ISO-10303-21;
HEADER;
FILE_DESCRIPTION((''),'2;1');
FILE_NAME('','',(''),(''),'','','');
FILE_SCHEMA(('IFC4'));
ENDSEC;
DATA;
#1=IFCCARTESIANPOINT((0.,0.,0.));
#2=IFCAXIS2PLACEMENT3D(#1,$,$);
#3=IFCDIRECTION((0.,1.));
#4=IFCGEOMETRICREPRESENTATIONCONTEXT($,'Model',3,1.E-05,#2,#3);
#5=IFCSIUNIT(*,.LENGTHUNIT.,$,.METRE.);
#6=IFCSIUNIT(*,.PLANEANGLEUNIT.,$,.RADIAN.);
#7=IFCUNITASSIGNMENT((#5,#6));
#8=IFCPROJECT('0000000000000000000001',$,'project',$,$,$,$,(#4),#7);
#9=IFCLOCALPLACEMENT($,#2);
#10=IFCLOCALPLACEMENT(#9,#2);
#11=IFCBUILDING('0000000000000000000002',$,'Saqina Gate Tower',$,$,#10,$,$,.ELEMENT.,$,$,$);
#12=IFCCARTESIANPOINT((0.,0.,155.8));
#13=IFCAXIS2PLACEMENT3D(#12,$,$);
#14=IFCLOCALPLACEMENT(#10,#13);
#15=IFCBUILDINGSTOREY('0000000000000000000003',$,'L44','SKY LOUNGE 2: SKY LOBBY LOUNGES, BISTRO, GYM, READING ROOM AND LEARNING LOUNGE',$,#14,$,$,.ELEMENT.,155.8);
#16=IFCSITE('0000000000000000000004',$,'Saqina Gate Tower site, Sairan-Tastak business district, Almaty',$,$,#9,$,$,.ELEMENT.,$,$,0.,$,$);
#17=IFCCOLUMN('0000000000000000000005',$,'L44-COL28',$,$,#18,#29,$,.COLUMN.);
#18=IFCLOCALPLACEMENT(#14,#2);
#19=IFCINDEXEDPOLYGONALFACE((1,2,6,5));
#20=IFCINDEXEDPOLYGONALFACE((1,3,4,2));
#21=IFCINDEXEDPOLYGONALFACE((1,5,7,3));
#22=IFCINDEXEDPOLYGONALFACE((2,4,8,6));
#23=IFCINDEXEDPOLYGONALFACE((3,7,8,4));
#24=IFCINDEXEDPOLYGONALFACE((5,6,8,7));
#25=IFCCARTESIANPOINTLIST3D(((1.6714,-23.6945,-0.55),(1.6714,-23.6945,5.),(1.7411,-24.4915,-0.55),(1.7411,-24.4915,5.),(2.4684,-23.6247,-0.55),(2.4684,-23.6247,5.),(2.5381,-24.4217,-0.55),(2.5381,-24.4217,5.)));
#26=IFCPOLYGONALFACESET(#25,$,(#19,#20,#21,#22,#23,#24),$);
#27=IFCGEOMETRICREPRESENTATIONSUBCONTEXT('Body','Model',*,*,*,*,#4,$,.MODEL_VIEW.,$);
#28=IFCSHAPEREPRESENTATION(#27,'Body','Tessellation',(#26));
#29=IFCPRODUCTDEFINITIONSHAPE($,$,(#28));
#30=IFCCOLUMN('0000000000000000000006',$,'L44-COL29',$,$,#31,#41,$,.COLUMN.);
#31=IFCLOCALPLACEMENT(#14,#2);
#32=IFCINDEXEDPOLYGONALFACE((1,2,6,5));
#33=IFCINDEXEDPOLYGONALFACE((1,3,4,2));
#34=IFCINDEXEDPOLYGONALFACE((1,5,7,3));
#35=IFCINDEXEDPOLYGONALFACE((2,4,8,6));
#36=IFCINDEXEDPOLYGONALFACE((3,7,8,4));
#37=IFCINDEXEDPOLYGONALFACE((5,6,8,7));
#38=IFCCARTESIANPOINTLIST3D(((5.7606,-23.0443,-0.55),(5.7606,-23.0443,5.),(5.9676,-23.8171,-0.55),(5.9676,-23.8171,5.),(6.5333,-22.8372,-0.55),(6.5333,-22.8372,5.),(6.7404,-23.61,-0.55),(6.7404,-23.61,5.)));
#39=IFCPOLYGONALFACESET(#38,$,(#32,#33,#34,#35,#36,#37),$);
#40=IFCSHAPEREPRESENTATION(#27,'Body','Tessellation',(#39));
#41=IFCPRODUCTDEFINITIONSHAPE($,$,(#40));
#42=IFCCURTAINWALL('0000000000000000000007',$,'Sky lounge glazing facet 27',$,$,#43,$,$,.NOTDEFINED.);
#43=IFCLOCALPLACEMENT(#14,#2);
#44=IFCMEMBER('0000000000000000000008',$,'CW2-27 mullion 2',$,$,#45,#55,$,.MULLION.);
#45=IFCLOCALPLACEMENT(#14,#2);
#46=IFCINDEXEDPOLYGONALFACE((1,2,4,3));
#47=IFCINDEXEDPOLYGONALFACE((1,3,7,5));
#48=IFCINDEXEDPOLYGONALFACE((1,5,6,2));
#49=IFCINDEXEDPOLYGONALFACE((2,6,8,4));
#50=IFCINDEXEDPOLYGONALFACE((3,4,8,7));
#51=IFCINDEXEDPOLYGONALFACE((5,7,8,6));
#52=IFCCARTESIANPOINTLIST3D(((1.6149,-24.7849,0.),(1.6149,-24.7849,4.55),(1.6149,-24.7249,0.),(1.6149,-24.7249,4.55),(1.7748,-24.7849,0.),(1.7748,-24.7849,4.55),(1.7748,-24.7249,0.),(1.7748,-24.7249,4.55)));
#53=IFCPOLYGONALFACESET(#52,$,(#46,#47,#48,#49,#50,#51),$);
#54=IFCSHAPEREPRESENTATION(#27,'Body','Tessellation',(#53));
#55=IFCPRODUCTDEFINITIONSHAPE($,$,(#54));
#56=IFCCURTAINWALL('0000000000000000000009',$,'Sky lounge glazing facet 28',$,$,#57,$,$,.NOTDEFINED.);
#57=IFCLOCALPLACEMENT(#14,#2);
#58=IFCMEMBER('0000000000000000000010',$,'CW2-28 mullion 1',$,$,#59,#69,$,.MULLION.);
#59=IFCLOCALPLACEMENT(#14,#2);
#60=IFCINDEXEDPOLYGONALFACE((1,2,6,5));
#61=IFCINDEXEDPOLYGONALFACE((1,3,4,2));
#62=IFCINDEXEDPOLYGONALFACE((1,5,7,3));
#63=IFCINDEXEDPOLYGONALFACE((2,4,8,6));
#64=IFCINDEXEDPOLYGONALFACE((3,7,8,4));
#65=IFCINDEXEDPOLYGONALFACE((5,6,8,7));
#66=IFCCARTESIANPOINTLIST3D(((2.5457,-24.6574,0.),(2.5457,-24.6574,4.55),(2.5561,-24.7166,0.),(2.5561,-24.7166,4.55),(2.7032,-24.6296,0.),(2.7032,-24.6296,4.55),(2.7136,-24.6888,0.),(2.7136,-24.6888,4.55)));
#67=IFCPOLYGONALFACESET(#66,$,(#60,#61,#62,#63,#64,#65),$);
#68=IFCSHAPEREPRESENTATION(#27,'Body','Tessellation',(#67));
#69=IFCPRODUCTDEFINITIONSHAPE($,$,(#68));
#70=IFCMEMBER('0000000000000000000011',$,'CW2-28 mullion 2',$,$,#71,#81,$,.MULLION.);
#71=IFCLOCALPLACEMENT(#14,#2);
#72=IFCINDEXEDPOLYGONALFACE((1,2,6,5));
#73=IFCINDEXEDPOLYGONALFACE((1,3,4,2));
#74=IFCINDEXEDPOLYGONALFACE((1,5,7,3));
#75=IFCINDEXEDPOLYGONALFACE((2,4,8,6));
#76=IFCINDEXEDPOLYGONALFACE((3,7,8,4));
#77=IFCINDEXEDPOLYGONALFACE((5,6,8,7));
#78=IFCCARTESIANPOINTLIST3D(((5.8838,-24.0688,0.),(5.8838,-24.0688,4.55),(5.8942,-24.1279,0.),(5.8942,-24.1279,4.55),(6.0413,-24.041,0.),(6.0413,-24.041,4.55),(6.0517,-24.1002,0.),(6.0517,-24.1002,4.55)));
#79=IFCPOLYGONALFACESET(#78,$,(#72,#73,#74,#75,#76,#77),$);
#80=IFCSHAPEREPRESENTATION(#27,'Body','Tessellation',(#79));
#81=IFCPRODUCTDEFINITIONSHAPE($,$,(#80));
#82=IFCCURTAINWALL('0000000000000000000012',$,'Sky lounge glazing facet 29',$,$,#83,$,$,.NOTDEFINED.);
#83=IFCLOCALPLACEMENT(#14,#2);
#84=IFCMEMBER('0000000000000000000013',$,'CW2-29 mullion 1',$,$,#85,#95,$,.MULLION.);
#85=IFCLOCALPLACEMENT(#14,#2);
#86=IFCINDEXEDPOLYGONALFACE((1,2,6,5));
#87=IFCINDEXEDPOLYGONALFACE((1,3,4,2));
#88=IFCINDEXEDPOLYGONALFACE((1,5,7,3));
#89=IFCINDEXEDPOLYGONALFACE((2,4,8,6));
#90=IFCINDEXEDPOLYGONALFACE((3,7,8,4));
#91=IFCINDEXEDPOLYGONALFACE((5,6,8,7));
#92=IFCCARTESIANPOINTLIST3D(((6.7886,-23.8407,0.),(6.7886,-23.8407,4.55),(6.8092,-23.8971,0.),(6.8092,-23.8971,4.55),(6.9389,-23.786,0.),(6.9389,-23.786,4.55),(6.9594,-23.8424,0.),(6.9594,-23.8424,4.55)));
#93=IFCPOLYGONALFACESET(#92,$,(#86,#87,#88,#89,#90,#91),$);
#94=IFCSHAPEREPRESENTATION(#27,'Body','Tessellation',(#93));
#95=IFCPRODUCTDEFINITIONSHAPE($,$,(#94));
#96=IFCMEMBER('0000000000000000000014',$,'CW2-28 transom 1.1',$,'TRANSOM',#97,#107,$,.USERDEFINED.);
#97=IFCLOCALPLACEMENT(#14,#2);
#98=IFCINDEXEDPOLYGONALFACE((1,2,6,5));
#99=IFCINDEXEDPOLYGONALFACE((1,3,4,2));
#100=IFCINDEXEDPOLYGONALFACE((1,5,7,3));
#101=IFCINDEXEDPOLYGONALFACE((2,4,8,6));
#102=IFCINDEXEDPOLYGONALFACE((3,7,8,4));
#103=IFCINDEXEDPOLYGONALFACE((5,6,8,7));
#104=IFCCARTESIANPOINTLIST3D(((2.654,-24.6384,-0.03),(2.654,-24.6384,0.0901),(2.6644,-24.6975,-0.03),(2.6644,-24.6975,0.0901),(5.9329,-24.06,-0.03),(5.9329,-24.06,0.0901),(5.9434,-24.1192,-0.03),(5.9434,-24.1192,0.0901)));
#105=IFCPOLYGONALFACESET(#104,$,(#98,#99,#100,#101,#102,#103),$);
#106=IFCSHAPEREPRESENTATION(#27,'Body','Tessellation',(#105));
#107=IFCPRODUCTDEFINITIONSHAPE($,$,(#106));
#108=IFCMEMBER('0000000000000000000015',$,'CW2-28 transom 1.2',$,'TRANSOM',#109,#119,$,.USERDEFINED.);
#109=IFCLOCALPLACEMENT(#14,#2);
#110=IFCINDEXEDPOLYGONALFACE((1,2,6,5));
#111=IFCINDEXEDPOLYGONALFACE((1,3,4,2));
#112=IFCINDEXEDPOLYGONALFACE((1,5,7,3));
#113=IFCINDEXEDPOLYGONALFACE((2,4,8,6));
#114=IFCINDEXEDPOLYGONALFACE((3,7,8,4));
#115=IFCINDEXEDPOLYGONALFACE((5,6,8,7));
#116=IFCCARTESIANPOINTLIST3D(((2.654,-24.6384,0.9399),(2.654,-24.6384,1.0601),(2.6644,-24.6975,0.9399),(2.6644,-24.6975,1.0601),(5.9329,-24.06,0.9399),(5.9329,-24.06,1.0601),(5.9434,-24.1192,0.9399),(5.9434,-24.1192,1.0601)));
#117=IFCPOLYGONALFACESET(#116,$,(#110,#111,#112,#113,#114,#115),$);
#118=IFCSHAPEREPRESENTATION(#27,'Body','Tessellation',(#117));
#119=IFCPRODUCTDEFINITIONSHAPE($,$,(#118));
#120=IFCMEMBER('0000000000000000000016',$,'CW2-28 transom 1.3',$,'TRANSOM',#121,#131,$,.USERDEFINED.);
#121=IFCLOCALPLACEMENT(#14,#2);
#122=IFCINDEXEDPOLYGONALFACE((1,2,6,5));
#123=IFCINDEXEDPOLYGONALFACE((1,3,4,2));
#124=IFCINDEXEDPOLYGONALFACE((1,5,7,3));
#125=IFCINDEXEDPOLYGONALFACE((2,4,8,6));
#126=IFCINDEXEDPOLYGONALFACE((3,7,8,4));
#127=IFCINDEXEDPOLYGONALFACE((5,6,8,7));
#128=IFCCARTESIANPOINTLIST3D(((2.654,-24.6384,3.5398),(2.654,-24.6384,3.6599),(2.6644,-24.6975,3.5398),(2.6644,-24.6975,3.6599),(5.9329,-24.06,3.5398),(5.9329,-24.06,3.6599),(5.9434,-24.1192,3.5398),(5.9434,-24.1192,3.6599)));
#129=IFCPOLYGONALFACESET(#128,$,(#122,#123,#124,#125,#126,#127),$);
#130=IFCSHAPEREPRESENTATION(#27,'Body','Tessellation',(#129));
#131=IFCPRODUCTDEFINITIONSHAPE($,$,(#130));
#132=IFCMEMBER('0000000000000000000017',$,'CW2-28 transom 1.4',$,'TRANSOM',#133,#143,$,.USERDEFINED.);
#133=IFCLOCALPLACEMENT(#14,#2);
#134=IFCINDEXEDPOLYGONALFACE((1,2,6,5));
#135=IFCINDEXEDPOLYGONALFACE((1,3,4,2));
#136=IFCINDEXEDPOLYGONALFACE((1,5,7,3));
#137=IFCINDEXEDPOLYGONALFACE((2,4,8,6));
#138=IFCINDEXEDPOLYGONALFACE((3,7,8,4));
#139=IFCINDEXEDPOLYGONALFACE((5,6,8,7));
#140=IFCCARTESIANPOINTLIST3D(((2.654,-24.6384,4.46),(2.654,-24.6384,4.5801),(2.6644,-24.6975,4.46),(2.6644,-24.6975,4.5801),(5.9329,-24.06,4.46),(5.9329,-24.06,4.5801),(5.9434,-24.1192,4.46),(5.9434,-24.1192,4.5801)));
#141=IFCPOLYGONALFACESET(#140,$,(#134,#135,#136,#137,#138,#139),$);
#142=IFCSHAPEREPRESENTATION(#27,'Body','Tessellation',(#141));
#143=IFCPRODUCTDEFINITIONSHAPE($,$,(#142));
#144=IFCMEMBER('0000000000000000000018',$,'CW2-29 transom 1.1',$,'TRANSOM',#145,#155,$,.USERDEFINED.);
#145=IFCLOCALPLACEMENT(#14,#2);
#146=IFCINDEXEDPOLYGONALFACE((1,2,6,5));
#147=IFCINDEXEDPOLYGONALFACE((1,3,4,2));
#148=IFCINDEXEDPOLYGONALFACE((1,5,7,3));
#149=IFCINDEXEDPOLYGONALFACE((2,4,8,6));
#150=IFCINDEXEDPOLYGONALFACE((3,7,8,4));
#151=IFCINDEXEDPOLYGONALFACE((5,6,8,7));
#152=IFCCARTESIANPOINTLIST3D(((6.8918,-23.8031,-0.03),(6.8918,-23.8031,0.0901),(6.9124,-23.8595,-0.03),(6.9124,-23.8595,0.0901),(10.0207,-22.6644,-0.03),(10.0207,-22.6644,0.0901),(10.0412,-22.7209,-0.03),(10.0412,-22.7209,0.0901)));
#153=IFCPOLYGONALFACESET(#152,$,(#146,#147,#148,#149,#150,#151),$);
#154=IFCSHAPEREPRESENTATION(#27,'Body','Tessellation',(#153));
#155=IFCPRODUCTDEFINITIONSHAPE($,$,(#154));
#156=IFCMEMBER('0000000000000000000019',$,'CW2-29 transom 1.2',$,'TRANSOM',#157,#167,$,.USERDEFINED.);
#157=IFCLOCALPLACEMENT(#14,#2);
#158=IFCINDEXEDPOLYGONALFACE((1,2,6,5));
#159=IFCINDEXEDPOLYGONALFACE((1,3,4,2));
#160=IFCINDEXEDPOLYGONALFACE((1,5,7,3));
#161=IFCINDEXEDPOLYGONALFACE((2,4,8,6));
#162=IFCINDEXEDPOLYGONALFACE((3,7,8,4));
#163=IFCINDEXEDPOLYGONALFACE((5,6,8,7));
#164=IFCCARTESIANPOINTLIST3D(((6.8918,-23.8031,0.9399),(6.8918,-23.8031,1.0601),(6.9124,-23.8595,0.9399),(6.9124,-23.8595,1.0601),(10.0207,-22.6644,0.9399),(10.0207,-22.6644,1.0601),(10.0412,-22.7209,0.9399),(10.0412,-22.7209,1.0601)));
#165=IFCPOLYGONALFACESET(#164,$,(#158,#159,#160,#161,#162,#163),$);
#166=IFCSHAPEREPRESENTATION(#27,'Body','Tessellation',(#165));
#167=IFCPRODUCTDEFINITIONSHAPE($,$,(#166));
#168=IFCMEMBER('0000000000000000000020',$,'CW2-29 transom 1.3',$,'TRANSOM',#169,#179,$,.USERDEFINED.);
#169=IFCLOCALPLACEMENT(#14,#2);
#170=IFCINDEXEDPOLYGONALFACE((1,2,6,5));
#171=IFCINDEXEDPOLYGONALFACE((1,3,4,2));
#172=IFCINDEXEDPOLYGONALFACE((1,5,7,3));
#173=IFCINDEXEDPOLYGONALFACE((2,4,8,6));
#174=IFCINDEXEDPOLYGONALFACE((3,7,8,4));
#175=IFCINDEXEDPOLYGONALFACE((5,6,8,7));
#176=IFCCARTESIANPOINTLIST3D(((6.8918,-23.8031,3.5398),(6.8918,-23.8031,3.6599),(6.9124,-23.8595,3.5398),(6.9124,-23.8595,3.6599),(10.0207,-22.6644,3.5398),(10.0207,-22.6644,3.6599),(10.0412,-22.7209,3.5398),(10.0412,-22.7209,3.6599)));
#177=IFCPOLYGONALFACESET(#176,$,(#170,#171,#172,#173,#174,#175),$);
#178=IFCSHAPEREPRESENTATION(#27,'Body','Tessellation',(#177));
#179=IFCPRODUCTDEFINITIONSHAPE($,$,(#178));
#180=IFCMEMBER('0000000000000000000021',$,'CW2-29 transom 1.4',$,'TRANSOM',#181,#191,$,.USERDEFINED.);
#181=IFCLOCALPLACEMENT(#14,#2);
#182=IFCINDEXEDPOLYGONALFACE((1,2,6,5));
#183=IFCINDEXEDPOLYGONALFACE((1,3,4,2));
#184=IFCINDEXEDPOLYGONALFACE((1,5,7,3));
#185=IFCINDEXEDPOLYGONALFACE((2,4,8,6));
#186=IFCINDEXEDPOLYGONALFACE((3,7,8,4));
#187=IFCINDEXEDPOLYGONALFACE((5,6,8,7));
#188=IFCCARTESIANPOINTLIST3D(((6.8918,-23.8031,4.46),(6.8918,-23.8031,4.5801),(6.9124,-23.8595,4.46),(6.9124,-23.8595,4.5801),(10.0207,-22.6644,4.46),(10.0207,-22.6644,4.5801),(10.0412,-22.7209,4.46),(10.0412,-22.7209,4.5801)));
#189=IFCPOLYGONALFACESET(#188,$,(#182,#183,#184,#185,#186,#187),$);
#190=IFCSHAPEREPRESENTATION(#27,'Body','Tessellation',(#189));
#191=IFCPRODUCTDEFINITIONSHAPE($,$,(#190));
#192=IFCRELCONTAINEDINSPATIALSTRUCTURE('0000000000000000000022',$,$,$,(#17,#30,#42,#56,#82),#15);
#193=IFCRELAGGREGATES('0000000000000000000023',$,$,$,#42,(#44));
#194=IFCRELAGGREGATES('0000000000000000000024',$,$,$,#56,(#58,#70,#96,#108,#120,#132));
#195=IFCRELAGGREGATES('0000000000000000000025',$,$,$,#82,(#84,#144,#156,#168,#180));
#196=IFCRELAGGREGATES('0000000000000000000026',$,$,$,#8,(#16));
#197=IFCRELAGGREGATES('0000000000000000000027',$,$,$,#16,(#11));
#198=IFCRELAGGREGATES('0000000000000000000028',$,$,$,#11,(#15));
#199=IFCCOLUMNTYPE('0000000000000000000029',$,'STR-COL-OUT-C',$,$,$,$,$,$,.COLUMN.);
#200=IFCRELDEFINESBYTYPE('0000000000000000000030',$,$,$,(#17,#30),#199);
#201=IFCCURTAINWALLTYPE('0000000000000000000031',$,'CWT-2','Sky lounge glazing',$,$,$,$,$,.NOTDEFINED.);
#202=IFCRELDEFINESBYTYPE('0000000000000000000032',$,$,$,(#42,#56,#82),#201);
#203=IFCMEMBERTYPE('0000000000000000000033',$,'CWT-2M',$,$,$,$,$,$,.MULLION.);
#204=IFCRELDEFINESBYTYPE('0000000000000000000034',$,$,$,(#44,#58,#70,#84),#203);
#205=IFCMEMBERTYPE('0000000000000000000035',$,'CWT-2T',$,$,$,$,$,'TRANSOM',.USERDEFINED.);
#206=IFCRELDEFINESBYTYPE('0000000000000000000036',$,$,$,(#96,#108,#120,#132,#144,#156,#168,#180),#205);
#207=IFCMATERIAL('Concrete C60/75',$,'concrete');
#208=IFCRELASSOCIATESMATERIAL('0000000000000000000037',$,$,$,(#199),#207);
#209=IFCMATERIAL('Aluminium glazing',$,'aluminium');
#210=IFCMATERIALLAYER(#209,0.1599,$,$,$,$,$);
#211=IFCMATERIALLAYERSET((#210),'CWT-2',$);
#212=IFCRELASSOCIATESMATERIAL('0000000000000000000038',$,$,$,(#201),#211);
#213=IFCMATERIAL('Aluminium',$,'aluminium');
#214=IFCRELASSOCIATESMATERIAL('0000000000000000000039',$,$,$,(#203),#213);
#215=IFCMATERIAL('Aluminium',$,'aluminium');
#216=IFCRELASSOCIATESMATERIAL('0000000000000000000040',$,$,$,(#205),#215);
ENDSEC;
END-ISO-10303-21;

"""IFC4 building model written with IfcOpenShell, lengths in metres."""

from ifc_helpers import new_model, si_unit, direction, frame, origin, origin_2d, place, context, subcontext, project, spatial, rectangle, extrude, material, layer, layer_set, material_profile, profile_set, type_object, element, aggregate, save


model = new_model("IFC4")

# Units and contexts
model_context = context("Model", 3, precision=1e-05, world=origin(), true_north=direction((0.0, 1.0)))
body_context = subcontext(model_context, "Body", "Model", "MODEL_VIEW")
ifc_project = project(units=[si_unit("LENGTHUNIT", "METRE"), si_unit("PLANEANGLEUNIT", "RADIAN")], contexts=[model_context])

# Site, building, storey
site_placement = place(None, origin())
site = spatial("IfcSite", under=ifc_project, at=site_placement, Name="Saqina Gate Tower site, Sairan-Tastak business district, Almaty", CompositionType="ELEMENT", RefElevation=0.0)
building_placement = place(site_placement, origin())
building = spatial("IfcBuilding", under=site, at=building_placement, Name="Saqina Gate Tower", CompositionType="ELEMENT")
storey_placement = place(building_placement, frame((0.0, 0.0, 155.8)))
storey = spatial("IfcBuildingStorey", under=building, at=storey_placement, Name="L44", Description="SKY LOUNGE 2: SKY LOBBY LOUNGES, BISTRO, GYM, READING ROOM AND LEARNING LOUNGE", CompositionType="ELEMENT", Elevation=155.8)

# Columns
ifc_material_1 = material(Name="Concrete C60/75", Category="concrete")
ifc_material_profile_1 = material_profile(ifc_material_1, rectangle(XDim=0.8, YDim=0.8, at=origin_2d()), Name="RC 800x800")
ifc_profile_set_1 = profile_set([ifc_material_profile_1], Name="Concrete C60/75")
column_type = type_object("IfcColumnType", Name="STR-COL-OUT-C", PredefinedType="COLUMN", material=ifc_profile_set_1)
for number, where, z_axis, x_axis, name in (
    (1, (2.1047, -24.0581, -0.55), (0.0, 0.0, 1.0), (0.087156, -0.996195, 0.0), "L44-COL28"),
    (2, (6.2505, -23.3271, -0.55), (0.0, 0.0, 1.0), (0.258819, -0.965926, 0.0), "L44-COL29"),
):
    element("IfcColumn", number, at=place(storey_placement, frame(where, z_axis=z_axis, x_axis=x_axis)), inside=storey, type_object=column_type, Name=name, PredefinedType="COLUMN", context=body_context, shape_type="SweptSolid", body=[
        extrude(rectangle(XDim=0.8, YDim=0.8, at=origin_2d()), origin(), (0.0, 0.0, 1.0), 5.55),
    ])

# Curtain wall, member
ifc_material_2 = material(Name="Aluminium glazing", Category="aluminium")
ifc_layer_1 = layer(ifc_material_2, 0.1599)
ifc_layer_set_1 = layer_set([ifc_layer_1], Name="CWT-2")
curtain_wall_type = type_object("IfcCurtainWallType", Name="CWT-2", Description="Sky lounge glazing", PredefinedType="NOTDEFINED", material=ifc_layer_set_1)
curtain_wall_1_placement = place(storey_placement, origin())
curtain_wall_1 = element("IfcCurtainWall", 3, at=curtain_wall_1_placement, inside=storey, type_object=curtain_wall_type, Name="Sky lounge glazing facet 27", PredefinedType="NOTDEFINED")
ifc_material_3 = material(Name="Aluminium", Category="aluminium")
ifc_material_profile_2 = material_profile(ifc_material_3, rectangle(XDim=0.0601, YDim=0.1599, at=origin_2d()), Name="Aluminium 60x160")
ifc_profile_set_2 = profile_set([ifc_material_profile_2], Name="Aluminium")
member_type_1 = type_object("IfcMemberType", Name="CWT-2M", PredefinedType="MULLION", material=ifc_profile_set_2)
member_1_placement = place(storey_placement, frame((1.6948, -24.7549, 0.0), z_axis=(0.0, 0.0, 1.0), x_axis=(0.0, 1.0, 0.0)))
member_1 = element("IfcMember", 4, at=member_1_placement, type_object=member_type_1, Name="CW2-27 mullion 2", PredefinedType="MULLION", context=body_context, shape_type="SweptSolid", body=[
    extrude(rectangle(XDim=0.0601, YDim=0.1599, at=origin_2d()), origin(), (0.0, 0.0, 1.0), 4.55),
])
aggregate(curtain_wall_1, [member_1])

# Curtain wall, members
curtain_wall_2_placement = place(storey_placement, origin())
curtain_wall_2 = element("IfcCurtainWall", 5, at=curtain_wall_2_placement, inside=storey, type_object=curtain_wall_type, Name="Sky lounge glazing facet 28", PredefinedType="NOTDEFINED")
member_2_placement = place(storey_placement, frame((2.6296, -24.6731, 0.0), z_axis=(0.0, 0.0, 1.0), x_axis=(-0.173638, 0.98481, 0.0)))
member_2 = element("IfcMember", 6, at=member_2_placement, type_object=member_type_1, Name="CW2-28 mullion 1", PredefinedType="MULLION", context=body_context, shape_type="SweptSolid", body=[
    extrude(rectangle(XDim=0.0601, YDim=0.1599, at=origin_2d()), origin(), (0.0, 0.0, 1.0), 4.55),
])
member_3_placement = place(storey_placement, frame((5.9678, -24.0845, 0.0), z_axis=(0.0, 0.0, 1.0), x_axis=(-0.173638, 0.98481, 0.0)))
member_3 = element("IfcMember", 7, at=member_3_placement, type_object=member_type_1, Name="CW2-28 mullion 2", PredefinedType="MULLION", context=body_context, shape_type="SweptSolid", body=[
    extrude(rectangle(XDim=0.0601, YDim=0.1599, at=origin_2d()), origin(), (0.0, 0.0, 1.0), 4.55),
])

# Curtain wall, member
curtain_wall_3_placement = place(storey_placement, origin())
curtain_wall_3 = element("IfcCurtainWall", 8, at=curtain_wall_3_placement, inside=storey, type_object=curtain_wall_type, Name="Sky lounge glazing facet 29", PredefinedType="NOTDEFINED")
member_4_placement = place(storey_placement, frame((6.874, -23.8416, 0.0), z_axis=(0.0, 0.0, 1.0), x_axis=(-0.342025, 0.939691, 0.0)))
member_4 = element("IfcMember", 9, at=member_4_placement, type_object=member_type_1, Name="CW2-29 mullion 1", PredefinedType="MULLION", context=body_context, shape_type="SweptSolid", body=[
    extrude(rectangle(XDim=0.0601, YDim=0.1599, at=origin_2d()), origin(), (0.0, 0.0, 1.0), 4.55),
])

# Members
ifc_material_4 = material(Name="Aluminium", Category="aluminium")
ifc_material_profile_3 = material_profile(ifc_material_4, rectangle(XDim=0.0601, YDim=0.1201, at=origin_2d()), Name="Aluminium 60x120")
ifc_profile_set_3 = profile_set([ifc_material_profile_3], Name="Aluminium")
member_type_2 = type_object("IfcMemberType", Name="CWT-2T", ElementType="TRANSOM", PredefinedType="USERDEFINED", material=ifc_profile_set_3)
member_5_placement = place(storey_placement, frame((2.6592, -24.668, 0.03), z_axis=(0.984798, 0.173702, 0.0), x_axis=(-0.173702, 0.984798, 0.0)))
member_5 = element("IfcMember", 10, at=member_5_placement, type_object=member_type_2, Name="CW2-28 transom 1.1", ObjectType="TRANSOM", PredefinedType="USERDEFINED", context=body_context, shape_type="SweptSolid", body=[
    extrude(rectangle(XDim=0.0601, YDim=0.1201, at=origin_2d()), origin(), (0.0, 0.0, 1.0), 3.3296),
])
member_6_placement = place(storey_placement, frame((2.6592, -24.668, 1.0), z_axis=(0.984798, 0.173702, 0.0), x_axis=(-0.173702, 0.984798, 0.0)))
member_6 = element("IfcMember", 11, at=member_6_placement, type_object=member_type_2, Name="CW2-28 transom 1.2", ObjectType="TRANSOM", PredefinedType="USERDEFINED", context=body_context, shape_type="SweptSolid", body=[
    extrude(rectangle(XDim=0.0601, YDim=0.1201, at=origin_2d()), origin(), (0.0, 0.0, 1.0), 3.3296),
])
member_7_placement = place(storey_placement, frame((2.6592, -24.668, 3.5999), z_axis=(0.984798, 0.173702, 0.0), x_axis=(-0.173702, 0.984798, 0.0)))
member_7 = element("IfcMember", 12, at=member_7_placement, type_object=member_type_2, Name="CW2-28 transom 1.3", ObjectType="TRANSOM", PredefinedType="USERDEFINED", context=body_context, shape_type="SweptSolid", body=[
    extrude(rectangle(XDim=0.0601, YDim=0.1201, at=origin_2d()), origin(), (0.0, 0.0, 1.0), 3.3296),
])
member_8_placement = place(storey_placement, frame((2.6592, -24.668, 4.52), z_axis=(0.984798, 0.173702, 0.0), x_axis=(-0.173702, 0.984798, 0.0)))
member_8 = element("IfcMember", 13, at=member_8_placement, type_object=member_type_2, Name="CW2-28 transom 1.4", ObjectType="TRANSOM", PredefinedType="USERDEFINED", context=body_context, shape_type="SweptSolid", body=[
    extrude(rectangle(XDim=0.0601, YDim=0.1201, at=origin_2d()), origin(), (0.0, 0.0, 1.0), 3.3296),
])
member_9_placement = place(storey_placement, frame((6.9021, -23.8313, 0.03), z_axis=(0.939708, 0.341979, 0.0), x_axis=(-0.341979, 0.939708, 0.0)))
member_9 = element("IfcMember", 14, at=member_9_placement, type_object=member_type_2, Name="CW2-29 transom 1.1", ObjectType="TRANSOM", PredefinedType="USERDEFINED", context=body_context, shape_type="SweptSolid", body=[
    extrude(rectangle(XDim=0.0601, YDim=0.1201, at=origin_2d()), origin(), (0.0, 0.0, 1.0), 3.3296),
])
member_10_placement = place(storey_placement, frame((6.9021, -23.8313, 1.0), z_axis=(0.939708, 0.341979, 0.0), x_axis=(-0.341979, 0.939708, 0.0)))
member_10 = element("IfcMember", 15, at=member_10_placement, type_object=member_type_2, Name="CW2-29 transom 1.2", ObjectType="TRANSOM", PredefinedType="USERDEFINED", context=body_context, shape_type="SweptSolid", body=[
    extrude(rectangle(XDim=0.0601, YDim=0.1201, at=origin_2d()), origin(), (0.0, 0.0, 1.0), 3.3296),
])
member_11_placement = place(storey_placement, frame((6.9021, -23.8313, 3.5999), z_axis=(0.939708, 0.341979, 0.0), x_axis=(-0.341979, 0.939708, 0.0)))
member_11 = element("IfcMember", 16, at=member_11_placement, type_object=member_type_2, Name="CW2-29 transom 1.3", ObjectType="TRANSOM", PredefinedType="USERDEFINED", context=body_context, shape_type="SweptSolid", body=[
    extrude(rectangle(XDim=0.0601, YDim=0.1201, at=origin_2d()), origin(), (0.0, 0.0, 1.0), 3.3296),
])
member_12_placement = place(storey_placement, frame((6.9021, -23.8313, 4.52), z_axis=(0.939708, 0.341979, 0.0), x_axis=(-0.341979, 0.939708, 0.0)))
member_12 = element("IfcMember", 17, at=member_12_placement, type_object=member_type_2, Name="CW2-29 transom 1.4", ObjectType="TRANSOM", PredefinedType="USERDEFINED", context=body_context, shape_type="SweptSolid", body=[
    extrude(rectangle(XDim=0.0601, YDim=0.1201, at=origin_2d()), origin(), (0.0, 0.0, 1.0), 3.3296),
])

aggregate(curtain_wall_2, [member_2, member_3, member_5, member_6, member_7, member_8])
aggregate(curtain_wall_3, [member_4, member_9, member_10, member_11, member_12])

save(model, "model.ifc")
